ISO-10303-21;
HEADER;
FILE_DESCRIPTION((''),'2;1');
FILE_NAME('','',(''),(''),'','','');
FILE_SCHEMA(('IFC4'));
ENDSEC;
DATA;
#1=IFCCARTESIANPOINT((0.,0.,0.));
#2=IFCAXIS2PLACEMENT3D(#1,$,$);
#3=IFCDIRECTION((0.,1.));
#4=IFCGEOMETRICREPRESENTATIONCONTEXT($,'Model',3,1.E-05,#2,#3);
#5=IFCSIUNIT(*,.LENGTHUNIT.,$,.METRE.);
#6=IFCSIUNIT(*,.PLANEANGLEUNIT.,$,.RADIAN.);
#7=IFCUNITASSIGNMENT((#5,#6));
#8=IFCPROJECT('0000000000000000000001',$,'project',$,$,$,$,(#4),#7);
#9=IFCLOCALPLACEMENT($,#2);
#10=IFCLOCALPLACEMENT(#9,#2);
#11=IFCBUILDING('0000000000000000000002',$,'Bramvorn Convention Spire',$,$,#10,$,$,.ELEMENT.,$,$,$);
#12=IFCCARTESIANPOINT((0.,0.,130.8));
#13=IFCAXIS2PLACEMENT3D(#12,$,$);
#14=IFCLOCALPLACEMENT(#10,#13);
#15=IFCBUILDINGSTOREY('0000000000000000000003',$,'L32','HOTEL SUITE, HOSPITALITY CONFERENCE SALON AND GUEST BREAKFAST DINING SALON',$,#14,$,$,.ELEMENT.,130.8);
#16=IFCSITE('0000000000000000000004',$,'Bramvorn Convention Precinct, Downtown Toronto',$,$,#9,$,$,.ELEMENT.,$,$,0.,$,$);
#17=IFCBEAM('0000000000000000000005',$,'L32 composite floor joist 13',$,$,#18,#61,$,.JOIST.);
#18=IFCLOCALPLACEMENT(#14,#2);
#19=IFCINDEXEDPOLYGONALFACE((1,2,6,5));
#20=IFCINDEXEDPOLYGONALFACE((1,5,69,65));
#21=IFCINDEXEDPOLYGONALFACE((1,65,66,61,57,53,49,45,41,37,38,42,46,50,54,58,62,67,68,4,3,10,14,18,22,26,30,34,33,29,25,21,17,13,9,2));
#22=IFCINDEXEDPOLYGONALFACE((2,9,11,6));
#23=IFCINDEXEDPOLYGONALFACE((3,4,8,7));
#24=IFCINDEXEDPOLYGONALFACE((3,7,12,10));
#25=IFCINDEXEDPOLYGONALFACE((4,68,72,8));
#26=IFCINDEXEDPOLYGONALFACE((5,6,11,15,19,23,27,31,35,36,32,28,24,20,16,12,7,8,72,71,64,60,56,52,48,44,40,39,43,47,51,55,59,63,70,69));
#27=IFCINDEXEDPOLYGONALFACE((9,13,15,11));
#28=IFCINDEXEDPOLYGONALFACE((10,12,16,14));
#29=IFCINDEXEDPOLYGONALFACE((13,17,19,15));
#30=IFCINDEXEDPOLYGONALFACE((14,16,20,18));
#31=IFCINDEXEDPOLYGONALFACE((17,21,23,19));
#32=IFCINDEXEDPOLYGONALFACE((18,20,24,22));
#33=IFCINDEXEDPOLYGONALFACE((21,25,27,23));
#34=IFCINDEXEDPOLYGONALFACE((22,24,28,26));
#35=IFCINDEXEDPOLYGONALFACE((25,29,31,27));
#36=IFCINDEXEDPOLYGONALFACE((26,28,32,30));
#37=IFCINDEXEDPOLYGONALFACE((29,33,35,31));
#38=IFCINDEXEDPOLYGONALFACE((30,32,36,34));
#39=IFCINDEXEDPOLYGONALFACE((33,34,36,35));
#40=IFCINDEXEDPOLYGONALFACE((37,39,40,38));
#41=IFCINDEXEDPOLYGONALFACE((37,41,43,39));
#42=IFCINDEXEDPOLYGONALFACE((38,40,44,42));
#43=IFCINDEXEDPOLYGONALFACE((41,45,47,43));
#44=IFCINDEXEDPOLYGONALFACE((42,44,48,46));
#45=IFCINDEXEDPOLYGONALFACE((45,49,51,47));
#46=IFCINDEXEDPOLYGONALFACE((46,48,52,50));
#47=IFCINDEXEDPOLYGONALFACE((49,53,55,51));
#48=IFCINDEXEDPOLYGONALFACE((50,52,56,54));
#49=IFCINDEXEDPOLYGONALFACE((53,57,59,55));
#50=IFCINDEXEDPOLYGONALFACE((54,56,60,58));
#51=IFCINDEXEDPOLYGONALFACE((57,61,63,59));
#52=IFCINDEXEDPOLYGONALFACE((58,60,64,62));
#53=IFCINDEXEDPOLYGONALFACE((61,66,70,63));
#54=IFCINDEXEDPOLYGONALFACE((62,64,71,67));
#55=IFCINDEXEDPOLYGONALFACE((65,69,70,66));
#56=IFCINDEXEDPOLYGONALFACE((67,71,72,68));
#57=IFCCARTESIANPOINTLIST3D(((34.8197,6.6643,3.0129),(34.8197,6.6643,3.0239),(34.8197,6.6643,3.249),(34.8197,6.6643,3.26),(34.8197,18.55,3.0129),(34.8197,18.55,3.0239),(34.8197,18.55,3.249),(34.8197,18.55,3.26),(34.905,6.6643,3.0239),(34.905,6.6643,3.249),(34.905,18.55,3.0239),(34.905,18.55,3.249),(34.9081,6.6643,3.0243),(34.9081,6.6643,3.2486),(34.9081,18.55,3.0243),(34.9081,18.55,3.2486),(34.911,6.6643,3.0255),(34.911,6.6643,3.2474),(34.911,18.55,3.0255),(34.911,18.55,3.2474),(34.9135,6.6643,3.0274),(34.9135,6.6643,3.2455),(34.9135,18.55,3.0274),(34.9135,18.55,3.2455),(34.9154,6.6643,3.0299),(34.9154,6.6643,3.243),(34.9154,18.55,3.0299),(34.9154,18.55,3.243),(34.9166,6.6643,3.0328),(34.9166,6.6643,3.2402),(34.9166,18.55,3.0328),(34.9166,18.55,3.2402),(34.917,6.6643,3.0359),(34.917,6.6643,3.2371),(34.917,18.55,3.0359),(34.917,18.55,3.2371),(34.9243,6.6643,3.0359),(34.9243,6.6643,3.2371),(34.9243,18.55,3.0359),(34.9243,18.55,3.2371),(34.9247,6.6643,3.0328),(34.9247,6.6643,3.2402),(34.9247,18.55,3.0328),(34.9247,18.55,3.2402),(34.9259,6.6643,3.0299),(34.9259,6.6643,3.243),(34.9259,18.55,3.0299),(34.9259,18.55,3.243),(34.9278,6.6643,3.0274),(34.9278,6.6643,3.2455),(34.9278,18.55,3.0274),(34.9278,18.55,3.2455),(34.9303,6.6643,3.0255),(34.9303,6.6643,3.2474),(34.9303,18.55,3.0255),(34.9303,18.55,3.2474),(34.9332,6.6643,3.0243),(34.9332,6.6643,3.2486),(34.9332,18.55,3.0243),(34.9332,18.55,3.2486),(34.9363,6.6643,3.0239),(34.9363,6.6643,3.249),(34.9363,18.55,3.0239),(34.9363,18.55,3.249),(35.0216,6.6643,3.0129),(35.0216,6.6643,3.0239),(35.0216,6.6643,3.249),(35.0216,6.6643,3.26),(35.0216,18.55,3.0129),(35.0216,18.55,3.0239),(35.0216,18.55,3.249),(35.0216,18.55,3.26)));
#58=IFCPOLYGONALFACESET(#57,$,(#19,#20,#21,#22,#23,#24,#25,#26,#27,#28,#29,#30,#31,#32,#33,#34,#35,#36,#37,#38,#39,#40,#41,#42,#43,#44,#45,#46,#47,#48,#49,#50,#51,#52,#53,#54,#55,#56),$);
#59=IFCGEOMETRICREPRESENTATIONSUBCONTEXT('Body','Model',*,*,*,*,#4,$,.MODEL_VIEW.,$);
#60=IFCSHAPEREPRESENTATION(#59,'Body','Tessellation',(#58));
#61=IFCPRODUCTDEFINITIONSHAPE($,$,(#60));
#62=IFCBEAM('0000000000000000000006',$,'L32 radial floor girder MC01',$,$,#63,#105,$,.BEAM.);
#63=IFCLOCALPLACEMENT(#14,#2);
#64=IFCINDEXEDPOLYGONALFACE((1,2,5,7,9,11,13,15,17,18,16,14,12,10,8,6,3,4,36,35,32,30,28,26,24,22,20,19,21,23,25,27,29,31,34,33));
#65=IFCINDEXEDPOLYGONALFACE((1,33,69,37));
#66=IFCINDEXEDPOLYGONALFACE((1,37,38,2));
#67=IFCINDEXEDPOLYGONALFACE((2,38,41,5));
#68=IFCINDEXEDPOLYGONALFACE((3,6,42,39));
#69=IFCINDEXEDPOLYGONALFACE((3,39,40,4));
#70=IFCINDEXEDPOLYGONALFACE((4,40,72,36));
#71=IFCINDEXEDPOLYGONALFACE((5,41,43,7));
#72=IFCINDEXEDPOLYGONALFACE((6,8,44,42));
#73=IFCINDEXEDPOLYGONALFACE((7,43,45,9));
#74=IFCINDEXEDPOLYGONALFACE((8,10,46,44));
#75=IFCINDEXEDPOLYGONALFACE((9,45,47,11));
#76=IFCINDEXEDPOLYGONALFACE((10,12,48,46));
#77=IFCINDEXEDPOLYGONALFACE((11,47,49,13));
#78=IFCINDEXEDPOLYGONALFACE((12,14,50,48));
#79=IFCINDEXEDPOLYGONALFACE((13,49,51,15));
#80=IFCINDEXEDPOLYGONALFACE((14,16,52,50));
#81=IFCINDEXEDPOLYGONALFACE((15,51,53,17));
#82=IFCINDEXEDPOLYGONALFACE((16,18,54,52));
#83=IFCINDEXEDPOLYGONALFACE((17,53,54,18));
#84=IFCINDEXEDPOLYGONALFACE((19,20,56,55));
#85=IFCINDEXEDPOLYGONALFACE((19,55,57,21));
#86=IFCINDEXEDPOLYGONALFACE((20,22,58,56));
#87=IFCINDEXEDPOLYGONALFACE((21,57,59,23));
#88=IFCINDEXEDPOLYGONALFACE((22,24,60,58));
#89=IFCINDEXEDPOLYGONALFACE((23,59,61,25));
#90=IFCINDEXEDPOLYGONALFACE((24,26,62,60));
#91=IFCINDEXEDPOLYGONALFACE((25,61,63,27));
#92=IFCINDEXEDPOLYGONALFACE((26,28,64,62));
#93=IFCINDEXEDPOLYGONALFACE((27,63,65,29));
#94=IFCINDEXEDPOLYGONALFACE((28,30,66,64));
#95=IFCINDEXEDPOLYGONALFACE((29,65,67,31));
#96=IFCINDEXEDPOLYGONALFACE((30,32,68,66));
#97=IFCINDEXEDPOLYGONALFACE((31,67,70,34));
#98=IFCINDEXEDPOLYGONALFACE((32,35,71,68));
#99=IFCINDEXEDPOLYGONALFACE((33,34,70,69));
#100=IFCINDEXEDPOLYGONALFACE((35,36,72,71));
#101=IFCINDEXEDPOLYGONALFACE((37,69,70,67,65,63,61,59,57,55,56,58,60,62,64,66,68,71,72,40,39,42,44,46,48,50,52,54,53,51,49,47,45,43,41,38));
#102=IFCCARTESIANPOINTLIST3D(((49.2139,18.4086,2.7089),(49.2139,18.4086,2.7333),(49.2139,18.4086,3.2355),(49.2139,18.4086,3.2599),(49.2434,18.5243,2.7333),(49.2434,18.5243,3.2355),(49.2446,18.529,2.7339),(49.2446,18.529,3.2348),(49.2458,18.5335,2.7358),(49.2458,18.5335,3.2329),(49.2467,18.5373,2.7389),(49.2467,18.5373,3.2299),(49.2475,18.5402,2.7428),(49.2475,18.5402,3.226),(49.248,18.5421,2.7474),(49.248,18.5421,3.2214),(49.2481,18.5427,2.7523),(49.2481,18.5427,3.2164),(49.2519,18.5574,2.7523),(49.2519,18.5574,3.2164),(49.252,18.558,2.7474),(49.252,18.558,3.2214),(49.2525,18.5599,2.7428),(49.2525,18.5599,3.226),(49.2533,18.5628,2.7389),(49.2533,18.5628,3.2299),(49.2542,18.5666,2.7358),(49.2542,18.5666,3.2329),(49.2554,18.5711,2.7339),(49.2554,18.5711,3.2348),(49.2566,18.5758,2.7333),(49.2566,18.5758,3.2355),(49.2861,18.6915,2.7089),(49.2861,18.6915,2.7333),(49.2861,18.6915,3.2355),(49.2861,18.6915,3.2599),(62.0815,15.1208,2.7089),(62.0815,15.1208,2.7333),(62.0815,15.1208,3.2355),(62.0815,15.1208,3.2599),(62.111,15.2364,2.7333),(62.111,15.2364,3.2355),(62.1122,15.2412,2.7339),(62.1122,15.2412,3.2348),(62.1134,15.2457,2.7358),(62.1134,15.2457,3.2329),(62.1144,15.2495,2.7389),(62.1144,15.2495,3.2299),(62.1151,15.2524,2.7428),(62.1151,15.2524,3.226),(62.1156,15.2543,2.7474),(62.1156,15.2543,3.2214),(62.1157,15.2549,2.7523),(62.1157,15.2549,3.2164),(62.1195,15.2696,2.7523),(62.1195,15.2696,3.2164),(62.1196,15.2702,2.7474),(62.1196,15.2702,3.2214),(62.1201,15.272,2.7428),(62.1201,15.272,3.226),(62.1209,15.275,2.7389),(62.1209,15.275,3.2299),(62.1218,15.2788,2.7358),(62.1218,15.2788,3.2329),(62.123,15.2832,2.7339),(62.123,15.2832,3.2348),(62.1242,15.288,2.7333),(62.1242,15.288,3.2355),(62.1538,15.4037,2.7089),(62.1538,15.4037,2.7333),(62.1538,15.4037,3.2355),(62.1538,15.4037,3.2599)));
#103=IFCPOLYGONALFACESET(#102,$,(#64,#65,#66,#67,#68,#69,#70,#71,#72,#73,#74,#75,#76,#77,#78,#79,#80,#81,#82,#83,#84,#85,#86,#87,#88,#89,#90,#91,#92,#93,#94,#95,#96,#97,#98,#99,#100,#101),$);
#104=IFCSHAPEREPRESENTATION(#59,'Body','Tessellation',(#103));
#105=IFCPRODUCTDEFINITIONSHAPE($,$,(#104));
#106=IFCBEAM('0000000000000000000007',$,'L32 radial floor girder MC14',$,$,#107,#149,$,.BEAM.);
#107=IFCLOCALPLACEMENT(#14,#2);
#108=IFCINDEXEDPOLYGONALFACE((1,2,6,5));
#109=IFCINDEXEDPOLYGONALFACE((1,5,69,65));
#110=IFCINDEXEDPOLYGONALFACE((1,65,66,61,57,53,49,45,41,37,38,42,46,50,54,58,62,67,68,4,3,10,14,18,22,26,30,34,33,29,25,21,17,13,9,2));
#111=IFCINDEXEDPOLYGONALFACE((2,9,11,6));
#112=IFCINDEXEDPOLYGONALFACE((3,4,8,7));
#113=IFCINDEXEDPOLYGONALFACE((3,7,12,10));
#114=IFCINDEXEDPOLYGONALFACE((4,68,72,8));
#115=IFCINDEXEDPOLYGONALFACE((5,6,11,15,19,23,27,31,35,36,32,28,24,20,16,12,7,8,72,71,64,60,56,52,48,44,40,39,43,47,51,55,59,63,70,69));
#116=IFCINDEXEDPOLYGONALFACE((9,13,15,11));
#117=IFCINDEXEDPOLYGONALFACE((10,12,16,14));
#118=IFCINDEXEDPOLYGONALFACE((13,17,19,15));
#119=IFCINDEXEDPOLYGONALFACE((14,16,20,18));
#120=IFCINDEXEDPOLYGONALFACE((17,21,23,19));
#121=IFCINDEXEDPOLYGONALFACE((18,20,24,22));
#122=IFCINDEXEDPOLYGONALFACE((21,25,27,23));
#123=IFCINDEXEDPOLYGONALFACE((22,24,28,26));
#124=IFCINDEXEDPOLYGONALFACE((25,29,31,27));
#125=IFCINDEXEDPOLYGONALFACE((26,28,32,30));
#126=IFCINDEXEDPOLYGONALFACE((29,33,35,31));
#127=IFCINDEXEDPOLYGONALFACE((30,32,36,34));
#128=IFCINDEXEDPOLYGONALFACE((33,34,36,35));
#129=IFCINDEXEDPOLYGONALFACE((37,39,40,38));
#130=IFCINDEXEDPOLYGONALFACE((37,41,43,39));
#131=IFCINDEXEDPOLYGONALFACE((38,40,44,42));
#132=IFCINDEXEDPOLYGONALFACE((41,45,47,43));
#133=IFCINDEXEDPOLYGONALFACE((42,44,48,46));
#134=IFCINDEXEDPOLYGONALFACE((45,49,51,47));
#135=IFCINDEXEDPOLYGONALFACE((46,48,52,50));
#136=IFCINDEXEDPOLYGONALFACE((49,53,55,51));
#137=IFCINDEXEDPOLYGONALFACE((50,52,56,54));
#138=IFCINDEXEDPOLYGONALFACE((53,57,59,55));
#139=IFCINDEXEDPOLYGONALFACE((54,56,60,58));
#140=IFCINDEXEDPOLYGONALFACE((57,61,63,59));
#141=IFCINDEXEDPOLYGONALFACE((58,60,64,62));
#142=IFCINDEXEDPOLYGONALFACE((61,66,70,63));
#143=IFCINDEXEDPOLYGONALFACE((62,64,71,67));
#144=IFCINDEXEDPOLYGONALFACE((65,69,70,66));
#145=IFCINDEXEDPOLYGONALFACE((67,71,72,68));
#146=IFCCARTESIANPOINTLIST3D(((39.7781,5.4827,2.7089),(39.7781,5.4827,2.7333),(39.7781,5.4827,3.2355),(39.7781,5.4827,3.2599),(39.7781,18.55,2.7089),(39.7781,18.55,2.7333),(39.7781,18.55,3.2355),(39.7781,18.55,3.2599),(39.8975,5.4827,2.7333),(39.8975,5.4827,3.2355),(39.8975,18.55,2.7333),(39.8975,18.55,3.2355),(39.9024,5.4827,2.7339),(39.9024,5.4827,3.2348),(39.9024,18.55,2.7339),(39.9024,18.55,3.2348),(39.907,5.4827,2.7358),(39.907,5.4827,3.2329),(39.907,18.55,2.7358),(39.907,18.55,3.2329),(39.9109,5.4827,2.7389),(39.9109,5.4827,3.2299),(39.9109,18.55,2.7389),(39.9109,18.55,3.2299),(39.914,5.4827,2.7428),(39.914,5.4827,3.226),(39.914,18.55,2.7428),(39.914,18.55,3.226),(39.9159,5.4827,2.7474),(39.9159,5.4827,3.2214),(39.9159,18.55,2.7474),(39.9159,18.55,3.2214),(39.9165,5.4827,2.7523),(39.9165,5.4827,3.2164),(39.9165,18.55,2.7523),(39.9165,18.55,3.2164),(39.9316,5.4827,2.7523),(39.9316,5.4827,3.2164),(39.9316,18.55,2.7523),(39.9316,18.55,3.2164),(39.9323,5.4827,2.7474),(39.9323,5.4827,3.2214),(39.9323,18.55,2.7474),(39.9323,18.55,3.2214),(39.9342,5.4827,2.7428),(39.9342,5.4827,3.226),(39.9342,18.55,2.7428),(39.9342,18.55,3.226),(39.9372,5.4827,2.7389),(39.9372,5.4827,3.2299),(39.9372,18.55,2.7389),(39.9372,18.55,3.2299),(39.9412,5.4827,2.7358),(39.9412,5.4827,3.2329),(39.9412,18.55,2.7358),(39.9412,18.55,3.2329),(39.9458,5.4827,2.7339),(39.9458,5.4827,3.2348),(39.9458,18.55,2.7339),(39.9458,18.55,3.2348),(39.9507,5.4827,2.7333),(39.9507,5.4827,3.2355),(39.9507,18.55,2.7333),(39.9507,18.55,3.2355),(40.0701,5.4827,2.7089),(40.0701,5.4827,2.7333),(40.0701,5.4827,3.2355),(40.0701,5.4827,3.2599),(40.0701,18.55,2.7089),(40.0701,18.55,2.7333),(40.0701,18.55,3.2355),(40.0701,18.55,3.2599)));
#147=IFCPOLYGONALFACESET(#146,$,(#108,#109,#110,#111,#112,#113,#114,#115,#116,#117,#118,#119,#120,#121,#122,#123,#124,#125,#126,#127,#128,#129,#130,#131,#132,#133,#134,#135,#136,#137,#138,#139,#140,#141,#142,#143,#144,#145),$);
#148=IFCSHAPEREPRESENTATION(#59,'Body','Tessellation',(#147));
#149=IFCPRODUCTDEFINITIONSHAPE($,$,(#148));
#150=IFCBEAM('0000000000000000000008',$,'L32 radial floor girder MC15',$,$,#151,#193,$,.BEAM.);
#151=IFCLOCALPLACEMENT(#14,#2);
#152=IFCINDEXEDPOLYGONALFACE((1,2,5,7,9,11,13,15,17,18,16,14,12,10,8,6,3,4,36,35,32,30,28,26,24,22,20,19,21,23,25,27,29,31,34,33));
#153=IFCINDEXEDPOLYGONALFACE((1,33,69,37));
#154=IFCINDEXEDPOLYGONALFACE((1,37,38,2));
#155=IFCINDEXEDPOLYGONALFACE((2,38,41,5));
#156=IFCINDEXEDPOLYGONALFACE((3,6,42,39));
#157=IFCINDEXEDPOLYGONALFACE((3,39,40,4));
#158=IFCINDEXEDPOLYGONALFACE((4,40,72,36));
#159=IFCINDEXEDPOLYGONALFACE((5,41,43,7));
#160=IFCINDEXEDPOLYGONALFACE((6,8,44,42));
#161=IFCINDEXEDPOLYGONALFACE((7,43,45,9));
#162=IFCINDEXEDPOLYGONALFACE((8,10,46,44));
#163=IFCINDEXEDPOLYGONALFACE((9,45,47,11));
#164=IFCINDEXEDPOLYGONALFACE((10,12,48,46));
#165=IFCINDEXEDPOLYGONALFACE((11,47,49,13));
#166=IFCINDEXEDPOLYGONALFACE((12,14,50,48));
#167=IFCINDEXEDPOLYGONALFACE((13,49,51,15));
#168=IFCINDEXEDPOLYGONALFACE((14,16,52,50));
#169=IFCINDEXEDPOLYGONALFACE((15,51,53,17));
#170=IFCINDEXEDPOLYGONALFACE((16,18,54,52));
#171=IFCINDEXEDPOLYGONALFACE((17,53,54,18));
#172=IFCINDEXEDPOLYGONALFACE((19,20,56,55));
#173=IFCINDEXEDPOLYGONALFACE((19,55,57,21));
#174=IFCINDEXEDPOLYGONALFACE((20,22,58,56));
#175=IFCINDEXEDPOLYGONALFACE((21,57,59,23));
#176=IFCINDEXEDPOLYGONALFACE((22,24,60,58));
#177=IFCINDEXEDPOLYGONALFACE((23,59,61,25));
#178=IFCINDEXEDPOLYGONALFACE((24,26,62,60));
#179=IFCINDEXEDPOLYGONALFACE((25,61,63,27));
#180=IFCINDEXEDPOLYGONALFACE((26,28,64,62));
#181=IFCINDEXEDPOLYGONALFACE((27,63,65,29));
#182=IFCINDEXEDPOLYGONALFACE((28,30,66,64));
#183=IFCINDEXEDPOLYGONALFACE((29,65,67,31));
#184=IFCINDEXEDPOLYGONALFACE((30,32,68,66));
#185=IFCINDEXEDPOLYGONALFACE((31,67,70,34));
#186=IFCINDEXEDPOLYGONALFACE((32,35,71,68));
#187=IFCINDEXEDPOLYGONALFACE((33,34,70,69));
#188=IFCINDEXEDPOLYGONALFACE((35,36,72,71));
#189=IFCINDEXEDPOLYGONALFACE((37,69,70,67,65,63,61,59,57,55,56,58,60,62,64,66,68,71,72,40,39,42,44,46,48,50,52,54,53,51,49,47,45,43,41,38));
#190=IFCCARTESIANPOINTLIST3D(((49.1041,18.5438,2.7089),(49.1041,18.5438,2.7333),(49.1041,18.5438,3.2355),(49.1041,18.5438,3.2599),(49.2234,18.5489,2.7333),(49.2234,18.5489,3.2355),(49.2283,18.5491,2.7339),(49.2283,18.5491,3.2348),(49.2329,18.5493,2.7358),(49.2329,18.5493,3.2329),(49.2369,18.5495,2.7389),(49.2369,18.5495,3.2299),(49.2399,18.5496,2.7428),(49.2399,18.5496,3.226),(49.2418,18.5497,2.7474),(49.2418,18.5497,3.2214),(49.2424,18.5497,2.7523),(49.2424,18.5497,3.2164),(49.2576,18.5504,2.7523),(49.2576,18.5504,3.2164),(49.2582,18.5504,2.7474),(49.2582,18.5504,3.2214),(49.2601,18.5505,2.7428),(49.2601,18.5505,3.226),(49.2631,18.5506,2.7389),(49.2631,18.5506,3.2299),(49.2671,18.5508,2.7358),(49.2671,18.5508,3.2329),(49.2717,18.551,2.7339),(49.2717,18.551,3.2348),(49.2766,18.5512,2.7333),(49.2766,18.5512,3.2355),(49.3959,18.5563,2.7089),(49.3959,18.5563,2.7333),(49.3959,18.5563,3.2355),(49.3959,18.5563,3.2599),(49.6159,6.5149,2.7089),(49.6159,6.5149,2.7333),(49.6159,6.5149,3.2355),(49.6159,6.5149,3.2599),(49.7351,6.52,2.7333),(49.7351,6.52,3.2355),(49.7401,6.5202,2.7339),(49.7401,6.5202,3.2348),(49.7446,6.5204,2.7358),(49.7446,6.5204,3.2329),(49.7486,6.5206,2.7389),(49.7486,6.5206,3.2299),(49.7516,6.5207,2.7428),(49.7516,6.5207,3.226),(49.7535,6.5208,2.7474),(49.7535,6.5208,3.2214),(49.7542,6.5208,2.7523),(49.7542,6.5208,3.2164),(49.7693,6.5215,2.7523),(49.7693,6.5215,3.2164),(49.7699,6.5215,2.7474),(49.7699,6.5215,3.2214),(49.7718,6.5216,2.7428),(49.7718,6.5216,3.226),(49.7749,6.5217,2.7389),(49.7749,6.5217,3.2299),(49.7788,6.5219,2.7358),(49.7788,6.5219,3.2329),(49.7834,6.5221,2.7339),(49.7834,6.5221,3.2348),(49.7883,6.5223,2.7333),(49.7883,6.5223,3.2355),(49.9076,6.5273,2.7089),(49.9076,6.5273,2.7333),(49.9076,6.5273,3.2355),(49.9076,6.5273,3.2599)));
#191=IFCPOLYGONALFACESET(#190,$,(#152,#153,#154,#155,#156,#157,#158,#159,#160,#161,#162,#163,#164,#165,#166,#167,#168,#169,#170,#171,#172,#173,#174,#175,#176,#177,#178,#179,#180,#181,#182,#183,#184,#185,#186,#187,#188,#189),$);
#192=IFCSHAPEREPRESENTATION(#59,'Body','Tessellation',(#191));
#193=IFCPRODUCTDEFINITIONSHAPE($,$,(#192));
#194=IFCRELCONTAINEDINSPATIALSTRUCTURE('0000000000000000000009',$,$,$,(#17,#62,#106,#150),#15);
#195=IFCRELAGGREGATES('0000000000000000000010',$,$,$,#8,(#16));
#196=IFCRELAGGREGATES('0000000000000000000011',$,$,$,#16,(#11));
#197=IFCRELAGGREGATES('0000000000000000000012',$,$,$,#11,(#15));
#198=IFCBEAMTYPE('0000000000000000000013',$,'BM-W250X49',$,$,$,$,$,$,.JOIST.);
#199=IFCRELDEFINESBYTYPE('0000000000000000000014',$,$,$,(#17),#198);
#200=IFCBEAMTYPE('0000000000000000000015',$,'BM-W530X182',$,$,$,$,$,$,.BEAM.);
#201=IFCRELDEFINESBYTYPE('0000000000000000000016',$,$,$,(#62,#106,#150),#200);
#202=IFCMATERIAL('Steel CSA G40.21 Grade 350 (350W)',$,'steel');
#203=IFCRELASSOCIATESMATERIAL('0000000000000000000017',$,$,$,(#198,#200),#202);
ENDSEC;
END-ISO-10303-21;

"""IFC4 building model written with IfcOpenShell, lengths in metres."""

from ifc_helpers import new_model, si_unit, direction, frame, origin, origin_2d, place, context, subcontext, project, spatial, i_section, extrude, material, material_profile, profile_set, type_object, element, save


model = new_model("IFC4")

# Units and contexts
model_context = context("Model", 3, precision=1e-05, world=origin(), true_north=direction((0.0, 1.0)))
body_context = subcontext(model_context, "Body", "Model", "MODEL_VIEW")
ifc_project = project(units=[si_unit("LENGTHUNIT", "METRE"), si_unit("PLANEANGLEUNIT", "RADIAN")], contexts=[model_context])

# Site, building, storey
site_placement = place(None, origin())
site = spatial("IfcSite", under=ifc_project, at=site_placement, Name="Bramvorn Convention Precinct, Downtown Toronto", CompositionType="ELEMENT", RefElevation=0.0)
building_placement = place(site_placement, origin())
building = spatial("IfcBuilding", under=site, at=building_placement, Name="Bramvorn Convention Spire", CompositionType="ELEMENT")
storey_placement = place(building_placement, frame((0.0, 0.0, 130.8)))
storey = spatial("IfcBuildingStorey", under=building, at=storey_placement, Name="L32", Description="HOTEL SUITE, HOSPITALITY CONFERENCE SALON AND GUEST BREAKFAST DINING SALON", CompositionType="ELEMENT", Elevation=130.8)

# Beams
ifc_material_1 = material(Name="Steel CSA G40.21 Grade 350 (350W)", Category="steel")
ifc_material_profile_1 = material_profile(ifc_material_1, i_section(OverallWidth=0.2019, OverallDepth=0.2471, WebThickness=0.0073, FlangeThickness=0.011, FilletRadius=0.012, at=origin_2d()))
ifc_profile_set_1 = profile_set([ifc_material_profile_1], Name="Steel CSA G40.21 Grade 350 (350W) - W250X49")
beam_type_1 = type_object("IfcBeamType", Name="BM-W250X49", PredefinedType="JOIST", material=ifc_profile_set_1)
beam_1_placement = place(storey_placement, frame((34.9207, 18.55, 3.1365), z_axis=(0.0, -1.0, 0.0), x_axis=(1.0, 0.0, 0.0)))
element("IfcBeam", 1, at=beam_1_placement, inside=storey, type_object=beam_type_1, Name="L32 composite floor joist 13", PredefinedType="JOIST", context=body_context, shape_type="SweptSolid", body=[
    extrude(i_section(OverallWidth=0.2019, OverallDepth=0.2471, WebThickness=0.0073, FlangeThickness=0.011, FilletRadius=0.012, at=origin_2d()), origin(), (0.0, 0.0, 1.0), 11.8857),
])
ifc_material_profile_2 = material_profile(ifc_material_1, i_section(OverallWidth=0.292, OverallDepth=0.551, WebThickness=0.0151, FlangeThickness=0.0244, FilletRadius=0.019, at=origin_2d()))
ifc_profile_set_2 = profile_set([ifc_material_profile_2], Name="Steel CSA G40.21 Grade 350 (350W) - W530X182")
beam_type_2 = type_object("IfcBeamType", Name="BM-W530X182", PredefinedType="BEAM", material=ifc_profile_set_2)
beam_2_placement = place(storey_placement, frame((49.25, 18.55, 2.9844), z_axis=(0.968873, -0.247558, 0.0), x_axis=(0.247558, 0.968873, 0.0)))
element("IfcBeam", 2, at=beam_2_placement, inside=storey, type_object=beam_type_2, Name="L32 radial floor girder MC01", PredefinedType="BEAM", context=body_context, shape_type="SweptSolid", body=[
    extrude(i_section(OverallWidth=0.292, OverallDepth=0.551, WebThickness=0.0151, FlangeThickness=0.0244, FilletRadius=0.019, at=origin_2d()), origin(), (0.0, 0.0, 1.0), 13.281),
])
beam_3_placement = place(storey_placement, frame((39.9241, 18.55, 2.9844), z_axis=(0.0, -1.0, 0.0), x_axis=(1.0, 0.0, 0.0)))
element("IfcBeam", 3, at=beam_3_placement, inside=storey, type_object=beam_type_2, Name="L32 radial floor girder MC14", PredefinedType="BEAM", context=body_context, shape_type="SweptSolid", body=[
    extrude(i_section(OverallWidth=0.292, OverallDepth=0.551, WebThickness=0.0151, FlangeThickness=0.0244, FilletRadius=0.019, at=origin_2d()), origin(), (0.0, 0.0, 1.0), 13.0674),
])
beam_4_placement = place(storey_placement, frame((49.25, 18.55, 2.9844), z_axis=(0.042503, -0.999096, 0.0), x_axis=(0.999096, 0.042503, 0.0)))
element("IfcBeam", 4, at=beam_4_placement, inside=storey, type_object=beam_type_2, Name="L32 radial floor girder MC15", PredefinedType="BEAM", context=body_context, shape_type="SweptSolid", body=[
    extrude(i_section(OverallWidth=0.292, OverallDepth=0.551, WebThickness=0.0151, FlangeThickness=0.0244, FilletRadius=0.019, at=origin_2d()), origin(), (0.0, 0.0, 1.0), 12.0398),
])

save(model, "model.ifc")
